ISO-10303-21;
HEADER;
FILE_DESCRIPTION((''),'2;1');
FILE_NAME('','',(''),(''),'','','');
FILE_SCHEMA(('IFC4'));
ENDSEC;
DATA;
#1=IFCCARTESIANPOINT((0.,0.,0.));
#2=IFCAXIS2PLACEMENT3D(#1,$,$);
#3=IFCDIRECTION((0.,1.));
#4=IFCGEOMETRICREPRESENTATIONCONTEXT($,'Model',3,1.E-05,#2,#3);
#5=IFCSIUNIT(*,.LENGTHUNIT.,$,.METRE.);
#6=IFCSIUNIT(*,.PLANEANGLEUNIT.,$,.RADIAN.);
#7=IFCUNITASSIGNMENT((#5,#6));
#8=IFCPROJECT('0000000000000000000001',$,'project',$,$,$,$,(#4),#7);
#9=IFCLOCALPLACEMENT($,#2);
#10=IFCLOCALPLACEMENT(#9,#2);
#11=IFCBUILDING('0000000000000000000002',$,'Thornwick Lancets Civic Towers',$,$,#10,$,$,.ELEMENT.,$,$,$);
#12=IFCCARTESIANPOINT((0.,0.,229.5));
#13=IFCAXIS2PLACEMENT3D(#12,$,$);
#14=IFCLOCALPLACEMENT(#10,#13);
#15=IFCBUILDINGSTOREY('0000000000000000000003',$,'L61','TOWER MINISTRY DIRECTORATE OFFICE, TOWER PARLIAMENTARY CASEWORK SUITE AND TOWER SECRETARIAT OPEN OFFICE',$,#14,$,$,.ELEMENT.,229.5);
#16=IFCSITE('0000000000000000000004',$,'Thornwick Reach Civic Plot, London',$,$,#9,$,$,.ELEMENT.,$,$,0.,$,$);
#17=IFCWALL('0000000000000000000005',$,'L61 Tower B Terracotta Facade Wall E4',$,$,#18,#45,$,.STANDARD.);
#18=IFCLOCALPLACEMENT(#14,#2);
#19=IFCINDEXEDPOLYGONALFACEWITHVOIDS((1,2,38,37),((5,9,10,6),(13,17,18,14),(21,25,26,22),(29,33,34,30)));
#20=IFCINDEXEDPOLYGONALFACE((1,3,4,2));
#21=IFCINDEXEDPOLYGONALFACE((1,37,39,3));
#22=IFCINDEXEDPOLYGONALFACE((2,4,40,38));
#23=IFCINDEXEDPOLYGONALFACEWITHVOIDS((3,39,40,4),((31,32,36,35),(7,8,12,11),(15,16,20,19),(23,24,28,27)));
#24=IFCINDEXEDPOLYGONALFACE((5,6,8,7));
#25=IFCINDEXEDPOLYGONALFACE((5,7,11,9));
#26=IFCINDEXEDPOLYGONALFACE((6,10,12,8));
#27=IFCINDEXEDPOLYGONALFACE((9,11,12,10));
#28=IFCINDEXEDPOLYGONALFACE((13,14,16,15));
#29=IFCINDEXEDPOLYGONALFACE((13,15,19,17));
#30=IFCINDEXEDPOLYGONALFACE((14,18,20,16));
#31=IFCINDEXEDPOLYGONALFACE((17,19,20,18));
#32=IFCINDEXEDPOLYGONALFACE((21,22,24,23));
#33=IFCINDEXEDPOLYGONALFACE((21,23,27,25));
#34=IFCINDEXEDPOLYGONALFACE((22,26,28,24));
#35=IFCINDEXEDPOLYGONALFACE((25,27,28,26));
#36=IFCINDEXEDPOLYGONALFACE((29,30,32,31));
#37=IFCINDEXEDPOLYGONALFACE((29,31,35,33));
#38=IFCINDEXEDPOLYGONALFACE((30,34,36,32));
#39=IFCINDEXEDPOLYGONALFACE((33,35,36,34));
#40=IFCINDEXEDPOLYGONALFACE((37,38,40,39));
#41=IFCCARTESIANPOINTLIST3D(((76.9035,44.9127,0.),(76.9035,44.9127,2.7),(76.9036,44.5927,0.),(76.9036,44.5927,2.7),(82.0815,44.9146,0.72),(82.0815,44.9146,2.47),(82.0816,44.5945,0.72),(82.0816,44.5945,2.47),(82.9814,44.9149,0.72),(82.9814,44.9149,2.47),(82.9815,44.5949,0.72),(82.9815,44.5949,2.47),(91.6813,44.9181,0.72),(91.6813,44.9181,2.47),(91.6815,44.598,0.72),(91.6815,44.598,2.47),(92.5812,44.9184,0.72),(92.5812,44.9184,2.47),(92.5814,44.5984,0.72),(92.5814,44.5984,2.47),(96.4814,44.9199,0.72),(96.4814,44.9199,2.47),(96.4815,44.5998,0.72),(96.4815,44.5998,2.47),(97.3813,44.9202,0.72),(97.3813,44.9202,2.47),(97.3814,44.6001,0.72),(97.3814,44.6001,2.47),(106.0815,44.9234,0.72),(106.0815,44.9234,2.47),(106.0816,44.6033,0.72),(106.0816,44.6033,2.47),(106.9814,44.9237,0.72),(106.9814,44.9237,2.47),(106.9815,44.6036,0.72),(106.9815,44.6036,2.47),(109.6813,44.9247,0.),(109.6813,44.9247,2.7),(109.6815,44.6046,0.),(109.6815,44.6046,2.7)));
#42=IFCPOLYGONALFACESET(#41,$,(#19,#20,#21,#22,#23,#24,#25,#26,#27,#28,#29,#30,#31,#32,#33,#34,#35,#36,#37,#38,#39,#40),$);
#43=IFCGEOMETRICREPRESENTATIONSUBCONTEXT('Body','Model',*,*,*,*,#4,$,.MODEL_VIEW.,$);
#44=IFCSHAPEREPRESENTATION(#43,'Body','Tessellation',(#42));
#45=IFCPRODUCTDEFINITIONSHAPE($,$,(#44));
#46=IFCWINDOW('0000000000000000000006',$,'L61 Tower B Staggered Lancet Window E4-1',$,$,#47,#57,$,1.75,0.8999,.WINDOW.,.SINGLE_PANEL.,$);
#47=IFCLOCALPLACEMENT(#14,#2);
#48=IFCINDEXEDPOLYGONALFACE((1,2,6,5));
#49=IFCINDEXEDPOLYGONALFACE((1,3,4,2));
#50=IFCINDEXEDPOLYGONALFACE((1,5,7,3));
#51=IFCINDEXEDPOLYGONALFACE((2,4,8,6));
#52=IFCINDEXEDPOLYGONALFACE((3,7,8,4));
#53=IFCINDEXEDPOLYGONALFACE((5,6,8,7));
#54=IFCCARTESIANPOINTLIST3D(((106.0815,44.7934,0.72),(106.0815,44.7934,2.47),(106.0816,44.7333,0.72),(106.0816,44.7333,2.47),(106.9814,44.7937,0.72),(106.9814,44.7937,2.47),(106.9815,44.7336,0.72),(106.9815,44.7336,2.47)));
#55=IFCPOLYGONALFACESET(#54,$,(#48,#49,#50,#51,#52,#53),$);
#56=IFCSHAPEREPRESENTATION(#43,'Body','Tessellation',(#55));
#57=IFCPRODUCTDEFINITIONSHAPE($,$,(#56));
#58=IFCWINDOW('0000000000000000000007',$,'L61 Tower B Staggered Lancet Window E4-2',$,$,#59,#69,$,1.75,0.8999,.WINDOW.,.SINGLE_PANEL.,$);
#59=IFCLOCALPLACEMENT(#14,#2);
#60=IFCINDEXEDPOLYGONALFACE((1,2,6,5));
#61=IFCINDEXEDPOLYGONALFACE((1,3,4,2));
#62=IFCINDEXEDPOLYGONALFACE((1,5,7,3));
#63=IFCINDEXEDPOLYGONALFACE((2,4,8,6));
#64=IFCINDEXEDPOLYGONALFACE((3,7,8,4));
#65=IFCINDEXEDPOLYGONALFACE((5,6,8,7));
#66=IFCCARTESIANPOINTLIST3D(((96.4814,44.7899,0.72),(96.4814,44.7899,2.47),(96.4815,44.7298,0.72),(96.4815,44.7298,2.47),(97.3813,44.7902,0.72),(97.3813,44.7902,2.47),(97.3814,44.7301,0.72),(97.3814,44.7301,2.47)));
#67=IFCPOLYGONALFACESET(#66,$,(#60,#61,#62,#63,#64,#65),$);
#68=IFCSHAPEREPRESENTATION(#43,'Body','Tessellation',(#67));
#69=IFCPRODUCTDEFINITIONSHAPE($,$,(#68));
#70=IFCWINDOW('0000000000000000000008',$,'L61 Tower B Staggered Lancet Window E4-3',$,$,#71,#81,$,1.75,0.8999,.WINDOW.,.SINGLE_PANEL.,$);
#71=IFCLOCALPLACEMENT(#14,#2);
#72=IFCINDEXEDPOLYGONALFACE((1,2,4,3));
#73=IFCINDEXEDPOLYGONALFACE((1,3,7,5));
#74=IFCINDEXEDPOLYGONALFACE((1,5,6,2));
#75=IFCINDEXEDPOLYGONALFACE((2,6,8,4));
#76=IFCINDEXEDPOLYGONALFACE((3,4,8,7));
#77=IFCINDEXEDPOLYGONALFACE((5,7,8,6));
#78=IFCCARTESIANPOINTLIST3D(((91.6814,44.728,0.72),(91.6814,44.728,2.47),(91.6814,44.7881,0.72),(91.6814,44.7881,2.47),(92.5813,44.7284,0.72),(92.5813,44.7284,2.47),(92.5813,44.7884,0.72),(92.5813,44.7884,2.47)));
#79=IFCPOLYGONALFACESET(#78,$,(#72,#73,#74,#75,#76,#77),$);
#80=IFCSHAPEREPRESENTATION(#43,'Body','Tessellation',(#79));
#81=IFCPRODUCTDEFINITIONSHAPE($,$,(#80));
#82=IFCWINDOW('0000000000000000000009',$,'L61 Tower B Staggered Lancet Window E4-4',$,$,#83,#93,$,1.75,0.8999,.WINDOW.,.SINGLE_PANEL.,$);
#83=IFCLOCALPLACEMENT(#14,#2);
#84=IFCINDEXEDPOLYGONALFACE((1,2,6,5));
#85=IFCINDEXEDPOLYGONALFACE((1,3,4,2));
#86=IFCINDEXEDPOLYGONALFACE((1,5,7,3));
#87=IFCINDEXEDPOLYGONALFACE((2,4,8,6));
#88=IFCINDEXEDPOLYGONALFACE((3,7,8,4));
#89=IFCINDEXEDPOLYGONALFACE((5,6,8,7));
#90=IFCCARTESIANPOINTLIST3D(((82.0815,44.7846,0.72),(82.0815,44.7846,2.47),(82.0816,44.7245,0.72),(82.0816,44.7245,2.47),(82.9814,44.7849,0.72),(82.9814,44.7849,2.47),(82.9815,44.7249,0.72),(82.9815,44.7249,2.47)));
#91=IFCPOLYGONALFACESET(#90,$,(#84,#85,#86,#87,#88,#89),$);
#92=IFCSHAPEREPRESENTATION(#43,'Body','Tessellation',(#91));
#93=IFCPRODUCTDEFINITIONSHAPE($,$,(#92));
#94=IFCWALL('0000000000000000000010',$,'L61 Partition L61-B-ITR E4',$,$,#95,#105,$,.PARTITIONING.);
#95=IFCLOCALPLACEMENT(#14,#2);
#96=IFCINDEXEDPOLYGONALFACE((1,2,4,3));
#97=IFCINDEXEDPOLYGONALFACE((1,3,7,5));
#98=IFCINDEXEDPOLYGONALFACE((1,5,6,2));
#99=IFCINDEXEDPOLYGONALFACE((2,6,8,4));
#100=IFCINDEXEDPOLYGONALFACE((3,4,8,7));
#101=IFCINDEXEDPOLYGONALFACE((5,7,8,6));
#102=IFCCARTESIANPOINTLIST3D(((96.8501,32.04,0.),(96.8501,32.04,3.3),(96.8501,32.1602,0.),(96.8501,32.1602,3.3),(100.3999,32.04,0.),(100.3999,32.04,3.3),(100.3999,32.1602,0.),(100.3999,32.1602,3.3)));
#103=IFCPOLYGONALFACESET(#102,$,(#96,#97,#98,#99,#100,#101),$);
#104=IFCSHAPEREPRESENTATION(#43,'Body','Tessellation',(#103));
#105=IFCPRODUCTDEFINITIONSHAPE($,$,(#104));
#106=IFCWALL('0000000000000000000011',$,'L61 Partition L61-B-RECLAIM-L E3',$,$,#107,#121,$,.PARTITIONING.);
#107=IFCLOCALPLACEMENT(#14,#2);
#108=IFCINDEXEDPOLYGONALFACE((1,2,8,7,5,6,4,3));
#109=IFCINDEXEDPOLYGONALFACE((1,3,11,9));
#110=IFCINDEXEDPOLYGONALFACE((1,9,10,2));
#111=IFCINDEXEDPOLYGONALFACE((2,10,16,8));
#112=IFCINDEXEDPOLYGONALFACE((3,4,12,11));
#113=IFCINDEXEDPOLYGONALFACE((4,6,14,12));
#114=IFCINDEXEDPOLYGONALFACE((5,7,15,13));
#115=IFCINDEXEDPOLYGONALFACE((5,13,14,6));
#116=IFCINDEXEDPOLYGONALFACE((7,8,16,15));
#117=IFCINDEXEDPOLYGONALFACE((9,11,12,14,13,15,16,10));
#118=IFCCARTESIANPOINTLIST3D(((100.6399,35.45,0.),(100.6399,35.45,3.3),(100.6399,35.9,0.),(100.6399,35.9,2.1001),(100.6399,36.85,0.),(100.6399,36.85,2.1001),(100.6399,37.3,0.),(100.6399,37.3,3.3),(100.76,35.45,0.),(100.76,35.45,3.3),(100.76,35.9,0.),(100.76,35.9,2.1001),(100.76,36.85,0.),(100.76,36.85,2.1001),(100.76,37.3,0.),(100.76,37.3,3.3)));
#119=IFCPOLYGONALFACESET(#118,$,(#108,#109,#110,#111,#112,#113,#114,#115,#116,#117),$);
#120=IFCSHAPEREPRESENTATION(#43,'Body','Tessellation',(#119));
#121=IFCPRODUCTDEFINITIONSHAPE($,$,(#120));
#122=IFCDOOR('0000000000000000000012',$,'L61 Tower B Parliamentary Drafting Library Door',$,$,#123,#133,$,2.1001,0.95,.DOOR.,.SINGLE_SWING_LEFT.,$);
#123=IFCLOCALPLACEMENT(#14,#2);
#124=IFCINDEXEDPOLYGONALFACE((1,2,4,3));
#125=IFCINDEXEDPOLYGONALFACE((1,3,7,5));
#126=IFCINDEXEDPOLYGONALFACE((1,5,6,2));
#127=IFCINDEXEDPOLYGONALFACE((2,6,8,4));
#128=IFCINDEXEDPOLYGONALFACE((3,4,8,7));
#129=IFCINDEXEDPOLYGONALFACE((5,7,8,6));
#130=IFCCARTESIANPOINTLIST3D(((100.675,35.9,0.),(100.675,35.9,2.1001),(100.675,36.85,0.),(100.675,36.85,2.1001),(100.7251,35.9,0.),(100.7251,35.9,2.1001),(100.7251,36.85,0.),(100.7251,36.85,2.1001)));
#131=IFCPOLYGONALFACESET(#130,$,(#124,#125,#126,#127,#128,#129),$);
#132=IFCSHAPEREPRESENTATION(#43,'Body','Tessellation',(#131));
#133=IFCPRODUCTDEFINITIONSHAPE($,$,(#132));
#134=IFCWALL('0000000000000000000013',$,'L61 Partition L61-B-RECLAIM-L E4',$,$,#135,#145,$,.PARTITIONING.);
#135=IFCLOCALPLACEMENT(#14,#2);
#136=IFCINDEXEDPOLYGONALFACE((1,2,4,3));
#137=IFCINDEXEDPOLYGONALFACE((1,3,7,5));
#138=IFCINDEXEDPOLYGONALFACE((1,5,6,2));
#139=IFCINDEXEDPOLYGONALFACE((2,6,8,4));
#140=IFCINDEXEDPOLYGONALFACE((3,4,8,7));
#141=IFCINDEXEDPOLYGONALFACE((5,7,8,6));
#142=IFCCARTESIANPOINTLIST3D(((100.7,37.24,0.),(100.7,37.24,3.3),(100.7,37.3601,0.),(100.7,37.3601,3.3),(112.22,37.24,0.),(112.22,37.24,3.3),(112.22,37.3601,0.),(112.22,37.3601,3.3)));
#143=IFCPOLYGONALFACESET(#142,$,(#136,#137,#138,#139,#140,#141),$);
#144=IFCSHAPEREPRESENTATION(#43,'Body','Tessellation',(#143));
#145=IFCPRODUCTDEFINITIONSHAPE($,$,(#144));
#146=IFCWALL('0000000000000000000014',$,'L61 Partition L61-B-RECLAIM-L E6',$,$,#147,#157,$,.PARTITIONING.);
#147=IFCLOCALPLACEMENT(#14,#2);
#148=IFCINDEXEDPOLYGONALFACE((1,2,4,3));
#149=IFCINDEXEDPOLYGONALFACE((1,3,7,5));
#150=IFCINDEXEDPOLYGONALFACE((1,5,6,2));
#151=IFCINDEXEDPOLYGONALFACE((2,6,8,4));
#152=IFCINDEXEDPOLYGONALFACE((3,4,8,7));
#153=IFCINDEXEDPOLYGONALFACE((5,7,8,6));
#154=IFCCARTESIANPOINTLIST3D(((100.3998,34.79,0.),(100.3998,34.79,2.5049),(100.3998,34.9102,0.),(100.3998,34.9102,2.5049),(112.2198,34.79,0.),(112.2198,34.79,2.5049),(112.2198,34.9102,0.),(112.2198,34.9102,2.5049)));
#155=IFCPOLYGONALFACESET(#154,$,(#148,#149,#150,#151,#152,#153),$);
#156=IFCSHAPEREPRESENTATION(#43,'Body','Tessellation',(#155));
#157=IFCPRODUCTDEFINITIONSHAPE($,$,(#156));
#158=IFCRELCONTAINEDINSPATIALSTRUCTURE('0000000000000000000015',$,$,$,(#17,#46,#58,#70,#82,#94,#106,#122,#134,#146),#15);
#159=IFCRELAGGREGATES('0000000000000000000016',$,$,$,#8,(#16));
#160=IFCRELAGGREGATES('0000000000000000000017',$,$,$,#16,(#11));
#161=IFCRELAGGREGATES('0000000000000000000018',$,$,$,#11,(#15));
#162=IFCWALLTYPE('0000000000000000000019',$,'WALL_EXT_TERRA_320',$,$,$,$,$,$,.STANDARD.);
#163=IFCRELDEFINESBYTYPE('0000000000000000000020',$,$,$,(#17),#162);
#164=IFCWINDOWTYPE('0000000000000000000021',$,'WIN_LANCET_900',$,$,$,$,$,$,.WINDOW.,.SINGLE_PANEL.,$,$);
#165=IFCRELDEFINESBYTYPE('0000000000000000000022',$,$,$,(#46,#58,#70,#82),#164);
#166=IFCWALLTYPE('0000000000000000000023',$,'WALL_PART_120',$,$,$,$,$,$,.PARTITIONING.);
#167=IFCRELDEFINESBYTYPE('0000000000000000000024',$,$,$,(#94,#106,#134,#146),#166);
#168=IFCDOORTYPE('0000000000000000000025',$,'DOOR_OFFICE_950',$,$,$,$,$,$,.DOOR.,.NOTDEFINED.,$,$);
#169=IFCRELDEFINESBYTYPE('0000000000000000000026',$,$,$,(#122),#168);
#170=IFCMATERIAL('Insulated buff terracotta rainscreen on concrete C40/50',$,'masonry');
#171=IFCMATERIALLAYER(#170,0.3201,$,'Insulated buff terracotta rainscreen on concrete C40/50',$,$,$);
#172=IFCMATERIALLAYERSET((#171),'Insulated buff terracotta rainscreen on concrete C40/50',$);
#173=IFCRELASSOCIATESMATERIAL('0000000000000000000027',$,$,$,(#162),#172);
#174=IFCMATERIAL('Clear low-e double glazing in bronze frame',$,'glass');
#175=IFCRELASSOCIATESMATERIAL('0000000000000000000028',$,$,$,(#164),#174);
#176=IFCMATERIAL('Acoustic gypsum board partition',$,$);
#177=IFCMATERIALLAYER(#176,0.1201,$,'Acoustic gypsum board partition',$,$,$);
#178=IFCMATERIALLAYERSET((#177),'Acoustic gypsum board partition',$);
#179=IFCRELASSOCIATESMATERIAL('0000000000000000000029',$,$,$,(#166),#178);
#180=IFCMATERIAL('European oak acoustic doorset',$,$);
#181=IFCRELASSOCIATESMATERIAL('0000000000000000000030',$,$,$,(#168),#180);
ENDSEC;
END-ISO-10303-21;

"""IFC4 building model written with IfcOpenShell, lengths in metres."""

from ifc_helpers import new_model, si_unit, direction, frame, frame_2d, origin, place, context, subcontext, project, spatial, rectangle, extrude, material, layer, layer_set, type_object, element, fill, save


model = new_model("IFC4")

# Units and contexts
model_context = context("Model", 3, precision=1e-05, world=origin(), true_north=direction((0.0, 1.0)))
body_context = subcontext(model_context, "Body", "Model", "MODEL_VIEW")
ifc_project = project(units=[si_unit("LENGTHUNIT", "METRE"), si_unit("PLANEANGLEUNIT", "RADIAN")], contexts=[model_context])

# Site, building, storey
site_placement = place(None, origin())
site = spatial("IfcSite", under=ifc_project, at=site_placement, Name="Thornwick Reach Civic Plot, London", CompositionType="ELEMENT", RefElevation=0.0)
building_placement = place(site_placement, origin())
building = spatial("IfcBuilding", under=site, at=building_placement, Name="Thornwick Lancets Civic Towers", CompositionType="ELEMENT")
storey_placement = place(building_placement, frame((0.0, 0.0, 229.5)))
storey = spatial("IfcBuildingStorey", under=building, at=storey_placement, Name="L61", Description="TOWER MINISTRY DIRECTORATE OFFICE, TOWER PARLIAMENTARY CASEWORK SUITE AND TOWER SECRETARIAT OPEN OFFICE", CompositionType="ELEMENT", Elevation=229.5)

# Wall, openings, windows
ifc_material_1 = material(Name="Insulated buff terracotta rainscreen on concrete C40/50", Category="masonry")
ifc_layer_1 = layer(ifc_material_1, 0.3201, Name="Insulated buff terracotta rainscreen on concrete C40/50")
ifc_layer_set_1 = layer_set([ifc_layer_1], Name="Insulated buff terracotta rainscreen on concrete C40/50")
wall_type_1 = type_object("IfcWallType", Name="WALL_EXT_TERRA_320", PredefinedType="STANDARD", material=ifc_layer_set_1)
wall_1_placement = place(storey_placement, frame((109.6814, 44.7646, 0.0), z_axis=(0.0, 0.0, 1.0), x_axis=(-1.0, -0.000365, 0.0)))
wall_1 = element("IfcWall", 1, at=wall_1_placement, inside=storey, type_object=wall_type_1, Name="L61 Tower B Terracotta Facade Wall E4", PredefinedType="STANDARD", context=body_context, shape_type="SweptSolid", body=[
    extrude(rectangle(XDim=32.7778, YDim=0.3201, at=frame_2d((16.3889, 0.0))), origin(), (0.0, 0.0, 1.0), 2.7),
])
opening_1_placement = place(wall_1_placement, frame((2.7, 0.0, 0.72)))
opening_1 = element("IfcOpeningElement", 2, at=opening_1_placement, cuts=wall_1, PredefinedType="OPENING", context=body_context, shape_type="SweptSolid", body=[
    extrude(rectangle(XDim=0.8999, YDim=1.75, at=frame_2d((0.45, 0.875))), frame((0.0, 0.1699, 0.0), z_axis=(0.0, -1.0, 0.0), x_axis=(1.0, 0.0, 0.0)), (0.0, 0.0, 1.0), 0.3401),
])
opening_2_placement = place(wall_1_placement, frame((12.3, 0.0, 0.72)))
opening_2 = element("IfcOpeningElement", 3, at=opening_2_placement, cuts=wall_1, PredefinedType="OPENING", context=body_context, shape_type="SweptSolid", body=[
    extrude(rectangle(XDim=0.8999, YDim=1.75, at=frame_2d((0.45, 0.875))), frame((0.0, 0.1699, 0.0), z_axis=(0.0, -1.0, 0.0), x_axis=(1.0, 0.0, 0.0)), (0.0, 0.0, 1.0), 0.3401),
])
opening_3_placement = place(wall_1_placement, frame((17.1001, 0.0, 0.72)))
opening_3 = element("IfcOpeningElement", 4, at=opening_3_placement, cuts=wall_1, PredefinedType="OPENING", context=body_context, shape_type="SweptSolid", body=[
    extrude(rectangle(XDim=0.8999, YDim=1.75, at=frame_2d((0.45, 0.875))), frame((0.0, 0.1699, 0.0), z_axis=(0.0, -1.0, 0.0), x_axis=(1.0, 0.0, 0.0)), (0.0, 0.0, 1.0), 0.3401),
])
opening_4_placement = place(wall_1_placement, frame((26.7, 0.0, 0.72)))
opening_4 = element("IfcOpeningElement", 5, at=opening_4_placement, cuts=wall_1, PredefinedType="OPENING", context=body_context, shape_type="SweptSolid", body=[
    extrude(rectangle(XDim=0.8999, YDim=1.75, at=frame_2d((0.45, 0.875))), frame((0.0, 0.1699, 0.0), z_axis=(0.0, -1.0, 0.0), x_axis=(1.0, 0.0, 0.0)), (0.0, 0.0, 1.0), 0.3401),
])
ifc_material_2 = material(Name="Clear low-e double glazing in bronze frame", Category="glass")
window_type = type_object("IfcWindowType", Name="WIN_LANCET_900", PartitioningType="SINGLE_PANEL", PredefinedType="WINDOW", material=ifc_material_2)
window_1_placement = place(opening_1_placement, origin())
window_1 = element("IfcWindow", 6, at=window_1_placement, inside=storey, type_object=window_type, Name="L61 Tower B Staggered Lancet Window E4-1", OverallHeight=1.75, OverallWidth=0.8999, PartitioningType="SINGLE_PANEL", PredefinedType="WINDOW", context=body_context, shape_type="SweptSolid", body=[
    extrude(rectangle(XDim=0.8999, YDim=1.75, at=frame_2d((0.45, 0.875))), frame((0.0, 0.03, 0.0), z_axis=(0.0, -1.0, 0.0), x_axis=(1.0, 0.0, 0.0)), (0.0, 0.0, 1.0), 0.0601),
])
fill(opening_1, window_1)
window_2_placement = place(opening_2_placement, origin())
window_2 = element("IfcWindow", 7, at=window_2_placement, inside=storey, type_object=window_type, Name="L61 Tower B Staggered Lancet Window E4-2", OverallHeight=1.75, OverallWidth=0.8999, PartitioningType="SINGLE_PANEL", PredefinedType="WINDOW", context=body_context, shape_type="SweptSolid", body=[
    extrude(rectangle(XDim=0.8999, YDim=1.75, at=frame_2d((0.45, 0.875))), frame((0.0, 0.03, 0.0), z_axis=(0.0, -1.0, 0.0), x_axis=(1.0, 0.0, 0.0)), (0.0, 0.0, 1.0), 0.0601),
])
fill(opening_2, window_2)
window_3_placement = place(opening_3_placement, origin())
window_3 = element("IfcWindow", 8, at=window_3_placement, inside=storey, type_object=window_type, Name="L61 Tower B Staggered Lancet Window E4-3", OverallHeight=1.75, OverallWidth=0.8999, PartitioningType="SINGLE_PANEL", PredefinedType="WINDOW", context=body_context, shape_type="SweptSolid", body=[
    extrude(rectangle(XDim=0.8999, YDim=1.75, at=frame_2d((0.45, 0.875))), frame((0.0, 0.03, 0.0), z_axis=(0.0, -1.0, 0.0), x_axis=(1.0, 0.0, 0.0)), (0.0, 0.0, 1.0), 0.0601),
])
fill(opening_3, window_3)
window_4_placement = place(opening_4_placement, origin())
window_4 = element("IfcWindow", 9, at=window_4_placement, inside=storey, type_object=window_type, Name="L61 Tower B Staggered Lancet Window E4-4", OverallHeight=1.75, OverallWidth=0.8999, PartitioningType="SINGLE_PANEL", PredefinedType="WINDOW", context=body_context, shape_type="SweptSolid", body=[
    extrude(rectangle(XDim=0.8999, YDim=1.75, at=frame_2d((0.45, 0.875))), frame((0.0, 0.03, 0.0), z_axis=(0.0, -1.0, 0.0), x_axis=(1.0, 0.0, 0.0)), (0.0, 0.0, 1.0), 0.0601),
])
fill(opening_4, window_4)

# Wall
ifc_material_3 = material(Name="Acoustic gypsum board partition")
ifc_layer_2 = layer(ifc_material_3, 0.1201, Name="Acoustic gypsum board partition")
ifc_layer_set_2 = layer_set([ifc_layer_2], Name="Acoustic gypsum board partition")
wall_type_2 = type_object("IfcWallType", Name="WALL_PART_120", PredefinedType="PARTITIONING", material=ifc_layer_set_2)
wall_2_placement = place(storey_placement, frame((100.3999, 32.1001, 0.0), z_axis=(0.0, 0.0, 1.0), x_axis=(-1.0, 0.0, 0.0)))
element("IfcWall", 10, at=wall_2_placement, inside=storey, type_object=wall_type_2, Name="L61 Partition L61-B-ITR E4", PredefinedType="PARTITIONING", context=body_context, shape_type="SweptSolid", body=[
    extrude(rectangle(XDim=3.5498, YDim=0.1201, at=frame_2d((1.7749, 0.0))), origin(), (0.0, 0.0, 1.0), 3.3),
])

# Wall, opening, door
wall_3_placement = place(storey_placement, frame((100.7, 35.45, 0.0), z_axis=(0.0, 0.0, 1.0), x_axis=(0.0, 1.0, 0.0)))
wall_3 = element("IfcWall", 11, at=wall_3_placement, inside=storey, type_object=wall_type_2, Name="L61 Partition L61-B-RECLAIM-L E3", PredefinedType="PARTITIONING", context=body_context, shape_type="SweptSolid", body=[
    extrude(rectangle(XDim=1.8501, YDim=0.1201, at=frame_2d((0.925, 0.0))), origin(), (0.0, 0.0, 1.0), 3.3),
])
opening_5_placement = place(wall_3_placement, frame((0.45, 0.0, 0.0)))
opening_5 = element("IfcOpeningElement", 12, at=opening_5_placement, cuts=wall_3, PredefinedType="OPENING", context=body_context, shape_type="SweptSolid", body=[
    extrude(rectangle(XDim=0.95, YDim=2.1001, at=frame_2d((0.4751, 1.05))), frame((0.0, 0.0701, 0.0), z_axis=(0.0, -1.0, 0.0), x_axis=(1.0, 0.0, 0.0)), (0.0, 0.0, 1.0), 0.1401),
])
ifc_material_4 = material(Name="European oak acoustic doorset")
door_type_1 = type_object("IfcDoorType", Name="DOOR_OFFICE_950", OperationType="NOTDEFINED", PredefinedType="DOOR", material=ifc_material_4)
door_1_placement = place(opening_5_placement, origin())
door_1 = element("IfcDoor", 13, at=door_1_placement, inside=storey, type_object=door_type_1, Name="L61 Tower B Parliamentary Drafting Library Door", OperationType="SINGLE_SWING_LEFT", OverallHeight=2.1001, OverallWidth=0.95, PredefinedType="DOOR", context=body_context, shape_type="SweptSolid", body=[
    extrude(rectangle(XDim=0.95, YDim=2.1001, at=frame_2d((0.4751, 1.05))), frame((0.0, 0.0249, 0.0), z_axis=(0.0, -1.0, 0.0), x_axis=(1.0, 0.0, 0.0)), (0.0, 0.0, 1.0), 0.05),
])
fill(opening_5, door_1)

# Walls
wall_4_placement = place(storey_placement, frame((100.7, 37.3, 0.0), z_axis=(0.0, 0.0, 1.0), x_axis=(1.0, 0.0, 0.0)))
element("IfcWall", 14, at=wall_4_placement, inside=storey, type_object=wall_type_2, Name="L61 Partition L61-B-RECLAIM-L E4", PredefinedType="PARTITIONING", context=body_context, shape_type="SweptSolid", body=[
    extrude(rectangle(XDim=11.52, YDim=0.1201, at=frame_2d((5.76, 0.0))), origin(), (0.0, 0.0, 1.0), 3.3),
])
wall_5_placement = place(storey_placement, frame((112.22, 34.8501, 0.0), z_axis=(0.0, 0.0, 1.0), x_axis=(-1.0, 0.0, 0.0)))
element("IfcWall", 15, at=wall_5_placement, inside=storey, type_object=wall_type_2, Name="L61 Partition L61-B-RECLAIM-L E6", PredefinedType="PARTITIONING", context=body_context, shape_type="SweptSolid", body=[
    extrude(rectangle(XDim=11.8201, YDim=0.1201, at=frame_2d((5.9102, 0.0))), origin(), (0.0, 0.0, 1.0), 2.5049),
])

save(model, "model.ifc")
